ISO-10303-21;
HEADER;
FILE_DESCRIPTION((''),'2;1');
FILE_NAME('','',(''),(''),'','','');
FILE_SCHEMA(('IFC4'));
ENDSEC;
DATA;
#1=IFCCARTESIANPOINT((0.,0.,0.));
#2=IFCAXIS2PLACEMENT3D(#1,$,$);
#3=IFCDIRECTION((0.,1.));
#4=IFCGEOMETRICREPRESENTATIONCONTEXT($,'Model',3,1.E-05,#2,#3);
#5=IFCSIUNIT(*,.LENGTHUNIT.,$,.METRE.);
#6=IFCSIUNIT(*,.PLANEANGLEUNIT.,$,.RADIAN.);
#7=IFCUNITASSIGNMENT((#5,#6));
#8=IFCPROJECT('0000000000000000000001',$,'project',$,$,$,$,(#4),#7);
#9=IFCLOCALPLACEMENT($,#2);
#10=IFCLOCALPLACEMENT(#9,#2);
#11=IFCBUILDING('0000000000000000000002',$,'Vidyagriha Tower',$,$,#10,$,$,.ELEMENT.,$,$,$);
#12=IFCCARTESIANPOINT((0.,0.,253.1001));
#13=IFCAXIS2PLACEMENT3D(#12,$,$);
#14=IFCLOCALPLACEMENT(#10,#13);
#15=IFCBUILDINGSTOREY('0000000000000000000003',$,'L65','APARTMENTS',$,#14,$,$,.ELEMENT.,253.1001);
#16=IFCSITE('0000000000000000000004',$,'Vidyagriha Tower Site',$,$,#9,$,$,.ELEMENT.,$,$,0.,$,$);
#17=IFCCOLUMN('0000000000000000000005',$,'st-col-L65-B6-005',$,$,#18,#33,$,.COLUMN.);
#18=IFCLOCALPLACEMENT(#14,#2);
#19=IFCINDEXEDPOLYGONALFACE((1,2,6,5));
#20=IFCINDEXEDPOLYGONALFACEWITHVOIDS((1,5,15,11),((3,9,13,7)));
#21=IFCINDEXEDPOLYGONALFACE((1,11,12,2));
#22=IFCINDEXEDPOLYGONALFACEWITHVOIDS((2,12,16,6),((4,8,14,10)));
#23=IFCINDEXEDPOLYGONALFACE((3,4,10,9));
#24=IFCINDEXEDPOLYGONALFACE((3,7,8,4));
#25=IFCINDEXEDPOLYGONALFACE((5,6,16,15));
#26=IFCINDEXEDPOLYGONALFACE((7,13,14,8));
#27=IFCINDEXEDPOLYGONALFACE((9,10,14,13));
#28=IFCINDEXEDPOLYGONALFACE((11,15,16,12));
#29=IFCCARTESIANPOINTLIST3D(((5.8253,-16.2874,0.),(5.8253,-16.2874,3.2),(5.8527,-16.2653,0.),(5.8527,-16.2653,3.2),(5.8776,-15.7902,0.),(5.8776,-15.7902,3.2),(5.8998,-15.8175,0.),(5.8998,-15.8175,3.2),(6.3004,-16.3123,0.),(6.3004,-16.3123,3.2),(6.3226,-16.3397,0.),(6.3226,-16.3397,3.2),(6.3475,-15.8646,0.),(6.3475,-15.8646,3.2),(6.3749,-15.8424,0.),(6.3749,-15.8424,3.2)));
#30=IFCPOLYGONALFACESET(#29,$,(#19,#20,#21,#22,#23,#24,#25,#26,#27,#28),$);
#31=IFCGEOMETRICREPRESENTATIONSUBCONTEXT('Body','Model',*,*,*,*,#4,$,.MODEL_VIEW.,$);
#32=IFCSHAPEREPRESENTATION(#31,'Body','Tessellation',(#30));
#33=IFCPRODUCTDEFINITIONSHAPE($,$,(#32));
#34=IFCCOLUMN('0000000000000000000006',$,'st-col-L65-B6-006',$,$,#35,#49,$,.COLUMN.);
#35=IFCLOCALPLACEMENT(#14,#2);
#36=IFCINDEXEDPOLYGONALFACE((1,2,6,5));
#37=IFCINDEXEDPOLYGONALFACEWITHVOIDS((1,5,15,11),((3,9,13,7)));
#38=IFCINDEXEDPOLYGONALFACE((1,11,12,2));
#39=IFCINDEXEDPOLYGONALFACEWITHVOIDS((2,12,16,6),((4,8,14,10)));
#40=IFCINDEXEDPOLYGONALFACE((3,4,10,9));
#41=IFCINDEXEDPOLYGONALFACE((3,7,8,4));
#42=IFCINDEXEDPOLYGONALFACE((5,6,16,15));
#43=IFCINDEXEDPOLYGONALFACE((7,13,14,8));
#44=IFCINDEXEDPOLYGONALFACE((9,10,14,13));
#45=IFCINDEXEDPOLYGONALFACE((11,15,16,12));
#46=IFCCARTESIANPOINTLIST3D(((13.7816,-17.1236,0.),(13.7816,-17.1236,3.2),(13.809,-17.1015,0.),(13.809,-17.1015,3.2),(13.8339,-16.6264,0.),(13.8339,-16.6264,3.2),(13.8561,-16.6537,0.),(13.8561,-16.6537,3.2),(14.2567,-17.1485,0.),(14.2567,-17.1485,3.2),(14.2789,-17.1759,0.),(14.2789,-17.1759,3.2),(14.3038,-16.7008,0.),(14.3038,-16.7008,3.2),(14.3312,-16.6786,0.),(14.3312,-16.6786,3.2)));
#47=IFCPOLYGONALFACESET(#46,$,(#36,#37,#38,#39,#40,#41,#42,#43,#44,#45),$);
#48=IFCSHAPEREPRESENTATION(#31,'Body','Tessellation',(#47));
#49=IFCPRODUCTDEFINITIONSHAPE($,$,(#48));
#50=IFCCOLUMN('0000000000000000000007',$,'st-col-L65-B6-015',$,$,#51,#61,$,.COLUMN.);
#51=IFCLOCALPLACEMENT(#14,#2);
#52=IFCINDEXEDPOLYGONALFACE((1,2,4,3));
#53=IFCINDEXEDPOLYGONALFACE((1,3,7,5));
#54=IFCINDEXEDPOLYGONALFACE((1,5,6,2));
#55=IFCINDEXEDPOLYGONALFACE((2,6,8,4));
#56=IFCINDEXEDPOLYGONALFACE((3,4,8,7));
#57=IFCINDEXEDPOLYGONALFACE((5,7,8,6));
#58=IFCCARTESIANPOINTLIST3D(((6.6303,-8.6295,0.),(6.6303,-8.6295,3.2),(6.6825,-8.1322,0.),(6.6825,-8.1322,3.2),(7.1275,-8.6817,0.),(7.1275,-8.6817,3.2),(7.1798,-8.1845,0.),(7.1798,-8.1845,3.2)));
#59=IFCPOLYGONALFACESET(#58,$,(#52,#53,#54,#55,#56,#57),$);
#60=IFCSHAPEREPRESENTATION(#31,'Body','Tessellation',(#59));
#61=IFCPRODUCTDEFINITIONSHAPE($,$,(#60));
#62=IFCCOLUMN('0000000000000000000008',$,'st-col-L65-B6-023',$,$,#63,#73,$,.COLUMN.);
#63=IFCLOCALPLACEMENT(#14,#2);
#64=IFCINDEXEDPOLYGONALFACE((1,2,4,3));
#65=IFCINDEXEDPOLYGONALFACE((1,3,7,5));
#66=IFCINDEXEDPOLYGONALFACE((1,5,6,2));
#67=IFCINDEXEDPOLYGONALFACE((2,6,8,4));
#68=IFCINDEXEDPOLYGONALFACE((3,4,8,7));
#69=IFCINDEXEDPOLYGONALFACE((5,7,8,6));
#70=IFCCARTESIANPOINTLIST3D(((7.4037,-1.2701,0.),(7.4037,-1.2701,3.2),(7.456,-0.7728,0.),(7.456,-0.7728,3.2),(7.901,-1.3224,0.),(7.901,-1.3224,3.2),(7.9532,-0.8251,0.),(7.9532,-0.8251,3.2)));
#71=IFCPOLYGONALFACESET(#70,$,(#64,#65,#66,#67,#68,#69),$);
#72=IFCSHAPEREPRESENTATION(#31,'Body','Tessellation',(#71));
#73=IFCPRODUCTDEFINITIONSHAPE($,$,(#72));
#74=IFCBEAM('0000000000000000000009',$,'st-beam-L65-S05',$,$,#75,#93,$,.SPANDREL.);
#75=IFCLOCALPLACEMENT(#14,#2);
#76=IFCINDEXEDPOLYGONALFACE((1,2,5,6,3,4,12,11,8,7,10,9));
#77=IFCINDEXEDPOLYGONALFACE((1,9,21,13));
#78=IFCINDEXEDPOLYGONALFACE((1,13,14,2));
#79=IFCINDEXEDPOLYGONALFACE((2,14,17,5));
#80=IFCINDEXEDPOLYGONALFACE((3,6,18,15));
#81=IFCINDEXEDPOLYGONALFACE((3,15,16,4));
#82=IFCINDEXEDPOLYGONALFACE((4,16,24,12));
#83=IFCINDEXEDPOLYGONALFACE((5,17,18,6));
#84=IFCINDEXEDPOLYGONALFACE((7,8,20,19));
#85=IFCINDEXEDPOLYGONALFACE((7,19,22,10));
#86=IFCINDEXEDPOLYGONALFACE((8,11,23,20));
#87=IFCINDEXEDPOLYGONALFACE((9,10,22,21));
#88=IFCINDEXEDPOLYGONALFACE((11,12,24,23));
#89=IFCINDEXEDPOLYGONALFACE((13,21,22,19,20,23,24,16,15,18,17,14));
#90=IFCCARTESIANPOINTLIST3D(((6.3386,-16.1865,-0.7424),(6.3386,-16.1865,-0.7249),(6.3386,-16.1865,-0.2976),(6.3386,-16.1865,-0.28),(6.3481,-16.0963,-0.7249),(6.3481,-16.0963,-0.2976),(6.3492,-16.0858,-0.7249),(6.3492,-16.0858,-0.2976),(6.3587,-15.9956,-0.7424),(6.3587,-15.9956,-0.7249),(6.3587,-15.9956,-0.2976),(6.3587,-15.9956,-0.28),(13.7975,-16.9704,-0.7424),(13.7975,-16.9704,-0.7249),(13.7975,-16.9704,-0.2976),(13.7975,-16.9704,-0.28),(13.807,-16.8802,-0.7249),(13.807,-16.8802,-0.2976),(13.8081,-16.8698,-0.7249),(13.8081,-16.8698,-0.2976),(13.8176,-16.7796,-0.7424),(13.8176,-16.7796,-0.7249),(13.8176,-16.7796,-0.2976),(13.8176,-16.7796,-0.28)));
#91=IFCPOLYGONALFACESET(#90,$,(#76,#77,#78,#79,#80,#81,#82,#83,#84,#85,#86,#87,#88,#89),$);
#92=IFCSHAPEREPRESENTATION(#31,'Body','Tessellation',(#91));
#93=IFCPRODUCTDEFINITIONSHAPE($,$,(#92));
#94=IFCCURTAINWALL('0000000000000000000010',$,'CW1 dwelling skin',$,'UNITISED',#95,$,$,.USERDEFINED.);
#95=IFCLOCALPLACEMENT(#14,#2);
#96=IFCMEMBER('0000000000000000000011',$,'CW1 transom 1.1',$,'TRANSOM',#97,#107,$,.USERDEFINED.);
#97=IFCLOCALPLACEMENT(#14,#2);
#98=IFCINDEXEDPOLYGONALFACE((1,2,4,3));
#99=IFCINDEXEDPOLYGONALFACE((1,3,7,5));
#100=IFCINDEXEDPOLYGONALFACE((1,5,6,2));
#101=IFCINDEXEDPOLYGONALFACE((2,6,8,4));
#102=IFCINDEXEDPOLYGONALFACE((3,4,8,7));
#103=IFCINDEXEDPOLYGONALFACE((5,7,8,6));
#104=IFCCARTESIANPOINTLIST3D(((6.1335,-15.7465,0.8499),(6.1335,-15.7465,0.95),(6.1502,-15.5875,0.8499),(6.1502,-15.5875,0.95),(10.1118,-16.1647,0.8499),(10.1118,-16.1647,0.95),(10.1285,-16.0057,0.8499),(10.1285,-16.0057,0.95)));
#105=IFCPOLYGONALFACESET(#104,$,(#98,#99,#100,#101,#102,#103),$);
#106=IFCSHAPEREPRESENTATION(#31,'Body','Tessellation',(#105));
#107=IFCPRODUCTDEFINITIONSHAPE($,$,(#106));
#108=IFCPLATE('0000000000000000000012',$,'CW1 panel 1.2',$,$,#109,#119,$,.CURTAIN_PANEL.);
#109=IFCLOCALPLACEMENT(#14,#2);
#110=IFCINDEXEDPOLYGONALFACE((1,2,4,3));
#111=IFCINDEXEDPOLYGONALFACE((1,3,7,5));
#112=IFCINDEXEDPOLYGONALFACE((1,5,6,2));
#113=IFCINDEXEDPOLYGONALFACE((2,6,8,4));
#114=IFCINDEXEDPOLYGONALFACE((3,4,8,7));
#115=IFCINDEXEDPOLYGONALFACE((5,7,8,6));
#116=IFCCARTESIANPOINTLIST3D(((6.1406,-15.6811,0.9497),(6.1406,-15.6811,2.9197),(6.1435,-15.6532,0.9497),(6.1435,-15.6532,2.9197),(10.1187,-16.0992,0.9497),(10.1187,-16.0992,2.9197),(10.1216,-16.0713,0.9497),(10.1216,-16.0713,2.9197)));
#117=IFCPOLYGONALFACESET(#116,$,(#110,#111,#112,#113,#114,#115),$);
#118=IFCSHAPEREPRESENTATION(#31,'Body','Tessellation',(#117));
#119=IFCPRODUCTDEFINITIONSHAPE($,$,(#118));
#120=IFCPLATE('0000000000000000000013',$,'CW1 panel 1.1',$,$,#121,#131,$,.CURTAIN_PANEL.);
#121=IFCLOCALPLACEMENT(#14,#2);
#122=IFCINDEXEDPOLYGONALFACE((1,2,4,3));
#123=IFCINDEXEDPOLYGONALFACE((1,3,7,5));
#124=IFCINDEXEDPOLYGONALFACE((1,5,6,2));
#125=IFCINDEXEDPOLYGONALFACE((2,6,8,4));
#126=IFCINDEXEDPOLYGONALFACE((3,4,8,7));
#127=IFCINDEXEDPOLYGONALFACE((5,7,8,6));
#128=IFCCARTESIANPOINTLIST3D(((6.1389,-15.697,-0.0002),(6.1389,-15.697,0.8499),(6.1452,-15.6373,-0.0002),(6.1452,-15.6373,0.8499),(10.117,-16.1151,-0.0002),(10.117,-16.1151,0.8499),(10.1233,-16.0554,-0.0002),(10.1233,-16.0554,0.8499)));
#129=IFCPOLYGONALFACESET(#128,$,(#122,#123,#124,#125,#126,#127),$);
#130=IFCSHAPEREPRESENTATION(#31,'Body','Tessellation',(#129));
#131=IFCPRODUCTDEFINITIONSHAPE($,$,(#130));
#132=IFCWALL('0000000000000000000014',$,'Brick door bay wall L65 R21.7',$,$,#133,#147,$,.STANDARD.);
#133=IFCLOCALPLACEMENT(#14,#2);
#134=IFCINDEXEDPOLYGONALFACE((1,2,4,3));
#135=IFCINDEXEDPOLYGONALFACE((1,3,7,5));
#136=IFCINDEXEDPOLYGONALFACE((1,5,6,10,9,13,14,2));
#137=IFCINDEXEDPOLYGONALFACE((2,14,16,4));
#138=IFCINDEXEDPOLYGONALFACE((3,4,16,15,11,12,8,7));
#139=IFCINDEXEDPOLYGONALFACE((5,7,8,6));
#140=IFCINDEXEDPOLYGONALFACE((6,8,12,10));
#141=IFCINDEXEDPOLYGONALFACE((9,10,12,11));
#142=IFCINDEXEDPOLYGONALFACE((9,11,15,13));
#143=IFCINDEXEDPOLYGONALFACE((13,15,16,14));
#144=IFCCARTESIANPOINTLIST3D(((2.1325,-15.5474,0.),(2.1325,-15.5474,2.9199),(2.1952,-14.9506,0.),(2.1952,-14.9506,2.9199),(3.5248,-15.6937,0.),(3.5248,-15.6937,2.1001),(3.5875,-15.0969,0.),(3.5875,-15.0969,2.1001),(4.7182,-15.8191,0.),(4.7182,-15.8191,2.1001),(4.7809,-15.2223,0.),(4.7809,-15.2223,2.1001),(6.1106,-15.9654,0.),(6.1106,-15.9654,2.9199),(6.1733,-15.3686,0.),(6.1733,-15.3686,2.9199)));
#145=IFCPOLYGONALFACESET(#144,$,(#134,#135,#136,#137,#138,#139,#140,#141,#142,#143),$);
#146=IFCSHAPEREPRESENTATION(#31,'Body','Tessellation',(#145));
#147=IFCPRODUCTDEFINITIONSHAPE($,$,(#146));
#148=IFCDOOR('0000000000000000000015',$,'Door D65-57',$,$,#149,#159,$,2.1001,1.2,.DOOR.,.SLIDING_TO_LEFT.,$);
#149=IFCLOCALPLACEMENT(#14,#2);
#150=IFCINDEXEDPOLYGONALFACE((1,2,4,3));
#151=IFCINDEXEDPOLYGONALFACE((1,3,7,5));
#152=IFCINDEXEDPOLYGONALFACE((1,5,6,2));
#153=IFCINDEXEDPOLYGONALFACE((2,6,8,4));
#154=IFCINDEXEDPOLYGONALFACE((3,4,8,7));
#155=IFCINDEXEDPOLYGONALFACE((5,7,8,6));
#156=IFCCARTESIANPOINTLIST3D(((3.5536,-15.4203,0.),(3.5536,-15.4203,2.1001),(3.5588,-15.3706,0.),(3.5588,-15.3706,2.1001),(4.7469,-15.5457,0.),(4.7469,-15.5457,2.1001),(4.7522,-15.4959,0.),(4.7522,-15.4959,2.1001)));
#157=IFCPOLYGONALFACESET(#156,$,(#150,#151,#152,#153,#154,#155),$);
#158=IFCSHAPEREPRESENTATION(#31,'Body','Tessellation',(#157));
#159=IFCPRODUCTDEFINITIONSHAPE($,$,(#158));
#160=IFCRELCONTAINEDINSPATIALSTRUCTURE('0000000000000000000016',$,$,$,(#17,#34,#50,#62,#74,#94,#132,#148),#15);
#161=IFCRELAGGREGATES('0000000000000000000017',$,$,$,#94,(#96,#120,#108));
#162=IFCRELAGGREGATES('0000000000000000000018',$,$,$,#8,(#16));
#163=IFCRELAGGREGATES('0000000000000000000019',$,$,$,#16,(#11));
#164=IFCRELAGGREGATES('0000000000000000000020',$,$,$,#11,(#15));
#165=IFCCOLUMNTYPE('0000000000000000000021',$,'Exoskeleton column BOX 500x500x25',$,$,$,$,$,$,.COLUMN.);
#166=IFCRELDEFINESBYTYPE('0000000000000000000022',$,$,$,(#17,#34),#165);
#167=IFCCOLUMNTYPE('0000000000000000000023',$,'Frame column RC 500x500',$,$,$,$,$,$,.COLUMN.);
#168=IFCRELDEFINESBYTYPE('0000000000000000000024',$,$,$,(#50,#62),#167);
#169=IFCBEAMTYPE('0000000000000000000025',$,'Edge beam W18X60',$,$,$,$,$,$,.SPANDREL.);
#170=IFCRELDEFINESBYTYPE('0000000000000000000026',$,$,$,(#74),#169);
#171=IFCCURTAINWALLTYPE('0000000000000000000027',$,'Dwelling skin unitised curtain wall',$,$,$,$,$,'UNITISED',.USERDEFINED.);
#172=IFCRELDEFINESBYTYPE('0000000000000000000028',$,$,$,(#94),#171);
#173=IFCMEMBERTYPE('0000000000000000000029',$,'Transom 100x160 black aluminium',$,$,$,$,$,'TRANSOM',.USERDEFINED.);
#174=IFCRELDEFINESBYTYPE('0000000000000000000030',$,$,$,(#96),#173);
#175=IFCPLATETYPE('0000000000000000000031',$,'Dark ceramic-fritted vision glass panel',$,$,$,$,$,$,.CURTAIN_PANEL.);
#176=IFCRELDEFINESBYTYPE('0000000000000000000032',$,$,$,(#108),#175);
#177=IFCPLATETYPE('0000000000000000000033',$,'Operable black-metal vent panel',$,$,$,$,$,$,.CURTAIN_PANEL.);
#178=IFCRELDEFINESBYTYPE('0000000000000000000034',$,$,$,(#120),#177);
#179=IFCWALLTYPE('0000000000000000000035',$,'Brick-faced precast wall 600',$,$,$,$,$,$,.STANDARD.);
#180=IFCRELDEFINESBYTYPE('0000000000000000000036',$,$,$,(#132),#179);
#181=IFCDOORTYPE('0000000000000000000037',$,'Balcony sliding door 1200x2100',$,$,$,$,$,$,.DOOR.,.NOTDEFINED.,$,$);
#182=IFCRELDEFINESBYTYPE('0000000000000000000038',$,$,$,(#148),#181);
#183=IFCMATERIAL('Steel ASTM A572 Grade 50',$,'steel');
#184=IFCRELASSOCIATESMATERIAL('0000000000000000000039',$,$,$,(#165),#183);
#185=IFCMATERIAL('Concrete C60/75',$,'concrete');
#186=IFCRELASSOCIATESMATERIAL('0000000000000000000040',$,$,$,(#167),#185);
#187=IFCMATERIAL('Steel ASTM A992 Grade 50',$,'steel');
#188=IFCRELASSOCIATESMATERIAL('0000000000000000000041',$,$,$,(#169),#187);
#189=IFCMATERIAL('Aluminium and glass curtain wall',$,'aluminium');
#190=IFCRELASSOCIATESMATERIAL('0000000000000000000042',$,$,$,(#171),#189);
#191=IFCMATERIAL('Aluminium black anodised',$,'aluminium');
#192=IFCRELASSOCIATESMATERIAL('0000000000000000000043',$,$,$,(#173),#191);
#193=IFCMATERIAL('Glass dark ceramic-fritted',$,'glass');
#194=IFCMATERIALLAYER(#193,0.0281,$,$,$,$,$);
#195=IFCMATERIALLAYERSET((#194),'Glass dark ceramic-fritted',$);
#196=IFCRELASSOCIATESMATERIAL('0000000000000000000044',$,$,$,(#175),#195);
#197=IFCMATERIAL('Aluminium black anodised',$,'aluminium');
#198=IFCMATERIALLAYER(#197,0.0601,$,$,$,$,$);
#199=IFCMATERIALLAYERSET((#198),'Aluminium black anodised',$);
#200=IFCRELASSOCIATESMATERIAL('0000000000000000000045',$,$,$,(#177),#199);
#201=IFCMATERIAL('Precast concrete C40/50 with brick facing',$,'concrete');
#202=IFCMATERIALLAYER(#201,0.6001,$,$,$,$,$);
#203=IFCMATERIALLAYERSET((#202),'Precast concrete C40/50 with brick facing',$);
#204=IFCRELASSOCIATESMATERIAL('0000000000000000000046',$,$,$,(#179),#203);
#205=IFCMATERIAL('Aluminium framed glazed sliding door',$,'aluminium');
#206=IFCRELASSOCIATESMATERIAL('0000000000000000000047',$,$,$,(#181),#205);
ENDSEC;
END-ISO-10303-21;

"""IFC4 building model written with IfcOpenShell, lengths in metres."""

from ifc_helpers import new_model, si_unit, direction, frame, frame_2d, origin, origin_2d, place, context, subcontext, project, spatial, rectangle, hollow_rectangle, i_section, extrude, material, layer, layer_set, material_profile, profile_set, type_object, element, fill, aggregate, save


model = new_model("IFC4")

# Units and contexts
model_context = context("Model", 3, precision=1e-05, world=origin(), true_north=direction((0.0, 1.0)))
body_context = subcontext(model_context, "Body", "Model", "MODEL_VIEW")
ifc_project = project(units=[si_unit("LENGTHUNIT", "METRE"), si_unit("PLANEANGLEUNIT", "RADIAN")], contexts=[model_context])

# Site, building, storey
site_placement = place(None, origin())
site = spatial("IfcSite", under=ifc_project, at=site_placement, Name="Vidyagriha Tower Site", CompositionType="ELEMENT", RefElevation=0.0)
building_placement = place(site_placement, origin())
building = spatial("IfcBuilding", under=site, at=building_placement, Name="Vidyagriha Tower", CompositionType="ELEMENT")
storey_placement = place(building_placement, frame((0.0, 0.0, 253.1001)))
storey = spatial("IfcBuildingStorey", under=building, at=storey_placement, Name="L65", Description="APARTMENTS", CompositionType="ELEMENT", Elevation=253.1001)

# Columns
ifc_material_1 = material(Name="Steel ASTM A572 Grade 50", Category="steel")
ifc_material_profile_1 = material_profile(ifc_material_1, hollow_rectangle(XDim=0.5, YDim=0.5, WallThickness=0.0249, at=origin_2d()), Name="BOX 500x500x25")
ifc_profile_set_1 = profile_set([ifc_material_profile_1], Name="Steel ASTM A572 Grade 50")
column_type_1 = type_object("IfcColumnType", Name="Exoskeleton column BOX 500x500x25", PredefinedType="COLUMN", material=ifc_profile_set_1)
for number, where, z_axis, x_axis, name in (
    (1, (6.1001, -16.0649, 0.0), (0.0, 0.0, 1.0), (0.994522, -0.104528, 0.0), "st-col-L65-B6-005"),
    (2, (14.0564, -16.9011, 0.0), (0.0, 0.0, 1.0), (0.994522, -0.104528, 0.0), "st-col-L65-B6-006"),
):
    element("IfcColumn", number, at=place(storey_placement, frame(where, z_axis=z_axis, x_axis=x_axis)), inside=storey, type_object=column_type_1, Name=name, PredefinedType="COLUMN", context=body_context, shape_type="SweptSolid", body=[
        extrude(hollow_rectangle(XDim=0.5, YDim=0.5, WallThickness=0.0249, at=origin_2d()), origin(), (0.0, 0.0, 1.0), 3.2),
    ])
ifc_material_2 = material(Name="Concrete C60/75", Category="concrete")
ifc_material_profile_2 = material_profile(ifc_material_2, rectangle(XDim=0.5, YDim=0.5, at=origin_2d()), Name="RC 500x500")
ifc_profile_set_2 = profile_set([ifc_material_profile_2], Name="Concrete C60/75")
column_type_2 = type_object("IfcColumnType", Name="Frame column RC 500x500", PredefinedType="COLUMN", material=ifc_profile_set_2)
for number, where, z_axis, x_axis, name in (
    (3, (6.905, -8.407, 0.0), (0.0, 0.0, 1.0), (0.994522, -0.104528, 0.0), "st-col-L65-B6-015"),
    (4, (7.6785, -1.0476, 0.0), (0.0, 0.0, 1.0), (0.994522, -0.104528, 0.0), "st-col-L65-B6-023"),
):
    element("IfcColumn", number, at=place(storey_placement, frame(where, z_axis=z_axis, x_axis=x_axis)), inside=storey, type_object=column_type_2, Name=name, PredefinedType="COLUMN", context=body_context, shape_type="SweptSolid", body=[
        extrude(rectangle(XDim=0.5, YDim=0.5, at=origin_2d()), origin(), (0.0, 0.0, 1.0), 3.2),
    ])

# Beam
ifc_material_3 = material(Name="Steel ASTM A992 Grade 50", Category="steel")
ifc_material_profile_3 = material_profile(ifc_material_3, i_section(OverallWidth=0.1919, OverallDepth=0.4624, WebThickness=0.0105, FlangeThickness=0.0176, at=origin_2d()), Name="W18X60")
ifc_profile_set_3 = profile_set([ifc_material_profile_3], Name="Steel ASTM A992 Grade 50")
beam_type = type_object("IfcBeamType", Name="Edge beam W18X60", PredefinedType="SPANDREL", material=ifc_profile_set_3)
beam_placement = place(storey_placement, frame((6.3486, -16.0911, -0.5112), z_axis=(0.994522, -0.104524, 0.0), x_axis=(0.104524, 0.994522, 0.0)))
element("IfcBeam", 5, at=beam_placement, inside=storey, type_object=beam_type, Name="st-beam-L65-S05", PredefinedType="SPANDREL", context=body_context, shape_type="SweptSolid", body=[
    extrude(i_section(OverallWidth=0.1919, OverallDepth=0.4624, WebThickness=0.0105, FlangeThickness=0.0176, at=origin_2d()), origin(), (0.0, 0.0, 1.0), 7.5),
])

# Curtain wall, member, plates
ifc_material_4 = material(Name="Aluminium and glass curtain wall", Category="aluminium")
curtain_wall_type = type_object("IfcCurtainWallType", Name="Dwelling skin unitised curtain wall", ElementType="UNITISED", PredefinedType="USERDEFINED", material=ifc_material_4)
curtain_wall_placement = place(storey_placement, origin())
curtain_wall = element("IfcCurtainWall", 6, at=curtain_wall_placement, inside=storey, type_object=curtain_wall_type, Name="CW1 dwelling skin", ObjectType="UNITISED", PredefinedType="USERDEFINED")
ifc_material_5 = material(Name="Aluminium black anodised", Category="aluminium")
ifc_material_profile_4 = material_profile(ifc_material_5, rectangle(XDim=0.1599, YDim=0.1001, at=origin_2d()), Name="Transom 100x160 black aluminium")
ifc_profile_set_4 = profile_set([ifc_material_profile_4], Name="Aluminium black anodised")
member_type = type_object("IfcMemberType", Name="Transom 100x160 black aluminium", ElementType="TRANSOM", PredefinedType="USERDEFINED", material=ifc_profile_set_4)
member_placement = place(storey_placement, frame((6.1418, -15.667, 0.8999), z_axis=(0.99452, -0.104548, 0.0), x_axis=(0.104548, 0.99452, 0.0)))
member = element("IfcMember", 7, at=member_placement, type_object=member_type, Name="CW1 transom 1.1", ObjectType="TRANSOM", PredefinedType="USERDEFINED", context=body_context, shape_type="SweptSolid", body=[
    extrude(rectangle(XDim=0.1599, YDim=0.1001, at=origin_2d()), origin(), (0.0, 0.0, 1.0), 4.0002),
])
ifc_material_6 = material(Name="Glass dark ceramic-fritted", Category="glass")
ifc_layer_1 = layer(ifc_material_6, 0.0281)
ifc_layer_set_1 = layer_set([ifc_layer_1], Name="Glass dark ceramic-fritted")
plate_type_1 = type_object("IfcPlateType", Name="Dark ceramic-fritted vision glass panel", PredefinedType="CURTAIN_PANEL", material=ifc_layer_set_1)
plate_1_placement = place(storey_placement, frame((8.1311, -15.8762, 0.9497), z_axis=(0.0, 0.0, 1.0), x_axis=(0.994522, -0.104525, 0.0)))
plate_1 = element("IfcPlate", 8, at=plate_1_placement, type_object=plate_type_1, Name="CW1 panel 1.2", PredefinedType="CURTAIN_PANEL", context=body_context, shape_type="SweptSolid", body=[
    extrude(rectangle(XDim=4.0, YDim=0.0281, at=origin_2d()), origin(), (0.0, 0.0, 1.0), 1.97),
])
ifc_material_7 = material(Name="Aluminium black anodised", Category="aluminium")
ifc_layer_2 = layer(ifc_material_7, 0.0601)
ifc_layer_set_2 = layer_set([ifc_layer_2], Name="Aluminium black anodised")
plate_type_2 = type_object("IfcPlateType", Name="Operable black-metal vent panel", PredefinedType="CURTAIN_PANEL", material=ifc_layer_set_2)
plate_2_placement = place(storey_placement, frame((8.1311, -15.8762, -0.0002), z_axis=(0.0, 0.0, 1.0), x_axis=(0.994522, -0.104525, 0.0)))
plate_2 = element("IfcPlate", 9, at=plate_2_placement, type_object=plate_type_2, Name="CW1 panel 1.1", PredefinedType="CURTAIN_PANEL", context=body_context, shape_type="SweptSolid", body=[
    extrude(rectangle(XDim=4.0, YDim=0.0601, at=origin_2d()), origin(), (0.0, 0.0, 1.0), 0.8501),
])
aggregate(curtain_wall, [member, plate_2, plate_1])

# Wall, opening, door
ifc_material_8 = material(Name="Precast concrete C40/50 with brick facing", Category="concrete")
ifc_layer_3 = layer(ifc_material_8, 0.6001)
ifc_layer_set_3 = layer_set([ifc_layer_3], Name="Precast concrete C40/50 with brick facing")
wall_type_1 = type_object("IfcWallType", Name="Brick-faced precast wall 600", PredefinedType="STANDARD", material=ifc_layer_set_3)
wall_1_placement = place(storey_placement, frame((2.1638, -15.249, 0.0), z_axis=(0.0, 0.0, 1.0), x_axis=(0.994526, -0.104494, 0.0)))
wall_1 = element("IfcWall", 10, at=wall_1_placement, inside=storey, type_object=wall_type_1, Name="Brick door bay wall L65 R21.7", PredefinedType="STANDARD", context=body_context, shape_type="SweptSolid", body=[
    extrude(rectangle(XDim=4.0, YDim=0.6001, at=frame_2d((2.0, 0.0))), origin(), (0.0, 0.0, 1.0), 2.9199),
])
opening_1_placement = place(wall_1_placement, frame((1.3999, 0.0, 0.0)))
opening_1 = element("IfcOpeningElement", 11, at=opening_1_placement, cuts=wall_1, PredefinedType="OPENING", context=body_context, shape_type="SweptSolid", body=[
    extrude(rectangle(XDim=1.2, YDim=2.1001, at=frame_2d((0.6001, 1.05))), frame((0.0, 0.3101, 0.0), z_axis=(0.0, -1.0, 0.0), x_axis=(1.0, 0.0, 0.0)), (0.0, 0.0, 1.0), 0.6201),
])
ifc_material_9 = material(Name="Aluminium framed glazed sliding door", Category="aluminium")
door_type_1 = type_object("IfcDoorType", Name="Balcony sliding door 1200x2100", OperationType="NOTDEFINED", PredefinedType="DOOR", material=ifc_material_9)
door_1_placement = place(opening_1_placement, origin())
door_1 = element("IfcDoor", 12, at=door_1_placement, inside=storey, type_object=door_type_1, Name="Door D65-57", OperationType="SLIDING_TO_LEFT", OverallHeight=2.1001, OverallWidth=1.2, PredefinedType="DOOR", context=body_context, shape_type="SweptSolid", body=[
    extrude(rectangle(XDim=1.2, YDim=2.1001, at=frame_2d((0.6001, 1.05))), frame((0.0, 0.0249, 0.0), z_axis=(0.0, -1.0, 0.0), x_axis=(1.0, 0.0, 0.0)), (0.0, 0.0, 1.0), 0.05),
])
fill(opening_1, door_1)

save(model, "model.ifc")
